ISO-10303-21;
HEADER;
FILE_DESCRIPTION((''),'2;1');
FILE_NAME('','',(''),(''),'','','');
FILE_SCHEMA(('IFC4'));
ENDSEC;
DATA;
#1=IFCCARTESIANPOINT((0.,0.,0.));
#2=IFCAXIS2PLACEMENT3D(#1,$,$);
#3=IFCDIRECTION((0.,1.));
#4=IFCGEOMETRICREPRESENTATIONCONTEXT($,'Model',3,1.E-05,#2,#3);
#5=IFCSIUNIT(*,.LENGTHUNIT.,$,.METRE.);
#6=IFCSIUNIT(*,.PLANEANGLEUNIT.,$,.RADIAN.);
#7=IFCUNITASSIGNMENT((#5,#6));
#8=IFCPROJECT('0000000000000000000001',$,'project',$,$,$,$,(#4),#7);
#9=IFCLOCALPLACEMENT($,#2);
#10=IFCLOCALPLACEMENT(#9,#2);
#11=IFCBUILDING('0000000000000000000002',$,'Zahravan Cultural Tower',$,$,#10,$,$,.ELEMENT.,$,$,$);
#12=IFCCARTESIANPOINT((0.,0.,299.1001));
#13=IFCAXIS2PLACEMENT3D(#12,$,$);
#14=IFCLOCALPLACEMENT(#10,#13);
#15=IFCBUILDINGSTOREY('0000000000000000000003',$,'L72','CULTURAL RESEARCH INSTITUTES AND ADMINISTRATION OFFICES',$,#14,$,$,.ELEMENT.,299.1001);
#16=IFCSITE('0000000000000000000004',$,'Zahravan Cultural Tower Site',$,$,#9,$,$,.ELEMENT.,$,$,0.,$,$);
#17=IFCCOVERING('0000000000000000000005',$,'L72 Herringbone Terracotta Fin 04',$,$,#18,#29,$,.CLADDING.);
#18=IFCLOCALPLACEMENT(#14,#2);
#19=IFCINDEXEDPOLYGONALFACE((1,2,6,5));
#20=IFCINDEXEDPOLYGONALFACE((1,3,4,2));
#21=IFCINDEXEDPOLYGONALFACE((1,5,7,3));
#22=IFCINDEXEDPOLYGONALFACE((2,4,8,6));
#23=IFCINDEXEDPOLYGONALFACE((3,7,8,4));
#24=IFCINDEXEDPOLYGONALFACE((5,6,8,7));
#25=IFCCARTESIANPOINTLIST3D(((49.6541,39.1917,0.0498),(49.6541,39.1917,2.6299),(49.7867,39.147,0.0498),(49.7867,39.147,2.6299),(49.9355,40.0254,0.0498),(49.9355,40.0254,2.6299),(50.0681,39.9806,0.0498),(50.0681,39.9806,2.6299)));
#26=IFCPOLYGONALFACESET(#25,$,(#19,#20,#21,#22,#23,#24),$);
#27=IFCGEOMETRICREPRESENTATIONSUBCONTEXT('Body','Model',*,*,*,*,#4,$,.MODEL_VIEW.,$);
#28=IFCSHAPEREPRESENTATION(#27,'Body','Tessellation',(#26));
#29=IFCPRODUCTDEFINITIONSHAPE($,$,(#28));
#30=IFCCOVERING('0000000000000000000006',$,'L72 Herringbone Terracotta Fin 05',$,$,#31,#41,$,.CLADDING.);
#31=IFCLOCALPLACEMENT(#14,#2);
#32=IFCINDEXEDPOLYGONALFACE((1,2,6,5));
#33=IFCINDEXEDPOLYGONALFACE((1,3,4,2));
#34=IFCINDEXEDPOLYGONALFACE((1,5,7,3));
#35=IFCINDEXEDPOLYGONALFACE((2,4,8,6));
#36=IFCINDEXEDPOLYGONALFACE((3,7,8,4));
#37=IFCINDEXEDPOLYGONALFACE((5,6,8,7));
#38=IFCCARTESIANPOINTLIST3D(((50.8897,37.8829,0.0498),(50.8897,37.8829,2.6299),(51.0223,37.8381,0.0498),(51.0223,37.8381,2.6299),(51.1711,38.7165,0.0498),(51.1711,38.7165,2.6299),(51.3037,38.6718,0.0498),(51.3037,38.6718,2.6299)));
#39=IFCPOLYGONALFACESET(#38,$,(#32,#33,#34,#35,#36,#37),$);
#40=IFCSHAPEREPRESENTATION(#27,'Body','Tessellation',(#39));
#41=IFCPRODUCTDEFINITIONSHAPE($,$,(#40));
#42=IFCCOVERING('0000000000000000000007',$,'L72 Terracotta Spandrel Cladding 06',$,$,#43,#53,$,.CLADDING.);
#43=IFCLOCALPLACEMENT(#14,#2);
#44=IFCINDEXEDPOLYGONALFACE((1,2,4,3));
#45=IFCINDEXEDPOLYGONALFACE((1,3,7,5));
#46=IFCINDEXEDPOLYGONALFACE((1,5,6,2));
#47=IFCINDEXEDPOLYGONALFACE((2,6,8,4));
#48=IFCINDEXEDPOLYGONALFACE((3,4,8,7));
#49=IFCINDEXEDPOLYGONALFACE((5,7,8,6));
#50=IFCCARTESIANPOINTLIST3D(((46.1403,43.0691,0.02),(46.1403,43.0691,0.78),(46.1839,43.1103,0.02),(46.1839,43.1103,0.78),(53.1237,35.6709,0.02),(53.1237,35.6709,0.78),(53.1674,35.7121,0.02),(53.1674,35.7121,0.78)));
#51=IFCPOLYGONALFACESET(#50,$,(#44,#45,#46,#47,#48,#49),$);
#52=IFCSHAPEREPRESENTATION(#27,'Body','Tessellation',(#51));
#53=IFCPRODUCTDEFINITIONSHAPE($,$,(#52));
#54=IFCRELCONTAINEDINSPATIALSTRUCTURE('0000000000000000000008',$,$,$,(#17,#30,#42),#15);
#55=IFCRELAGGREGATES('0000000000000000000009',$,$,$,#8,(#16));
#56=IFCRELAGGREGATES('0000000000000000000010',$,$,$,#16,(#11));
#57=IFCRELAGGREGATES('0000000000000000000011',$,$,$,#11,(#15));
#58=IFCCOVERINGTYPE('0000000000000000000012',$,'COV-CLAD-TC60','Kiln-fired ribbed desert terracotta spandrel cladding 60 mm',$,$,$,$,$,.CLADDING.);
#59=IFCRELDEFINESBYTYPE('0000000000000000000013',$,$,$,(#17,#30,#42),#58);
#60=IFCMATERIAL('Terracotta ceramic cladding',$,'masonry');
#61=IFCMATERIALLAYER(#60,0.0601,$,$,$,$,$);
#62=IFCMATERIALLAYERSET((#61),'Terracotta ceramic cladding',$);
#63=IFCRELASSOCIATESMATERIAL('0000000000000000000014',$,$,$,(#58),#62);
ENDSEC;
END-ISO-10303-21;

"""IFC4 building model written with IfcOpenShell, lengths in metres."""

from ifc_helpers import new_model, si_unit, direction, frame, origin, origin_2d, place, context, subcontext, project, spatial, rectangle, extrude, source, transform, mapped, material, layer, layer_set, type_object, element, save


model = new_model("IFC4")

# Units and contexts
model_context = context("Model", 3, precision=1e-05, world=origin(), true_north=direction((0.0, 1.0)))
body_context = subcontext(model_context, "Body", "Model", "MODEL_VIEW")
ifc_project = project(units=[si_unit("LENGTHUNIT", "METRE"), si_unit("PLANEANGLEUNIT", "RADIAN")], contexts=[model_context])

# Site, building, storey
site_placement = place(None, origin())
site = spatial("IfcSite", under=ifc_project, at=site_placement, Name="Zahravan Cultural Tower Site", CompositionType="ELEMENT", RefElevation=0.0)
building_placement = place(site_placement, origin())
building = spatial("IfcBuilding", under=site, at=building_placement, Name="Zahravan Cultural Tower", CompositionType="ELEMENT")
storey_placement = place(building_placement, frame((0.0, 0.0, 299.1001)))
storey = spatial("IfcBuildingStorey", under=building, at=storey_placement, Name="L72", Description="CULTURAL RESEARCH INSTITUTES AND ADMINISTRATION OFFICES", CompositionType="ELEMENT", Elevation=299.1001)

# Coverings
ifc_material_1 = material(Name="Terracotta ceramic cladding", Category="masonry")
ifc_layer_1 = layer(ifc_material_1, 0.0601)
ifc_layer_set_1 = layer_set([ifc_layer_1], Name="Terracotta ceramic cladding")
covering_type = type_object("IfcCoveringType", Name="COV-CLAD-TC60", Description="Kiln-fired ribbed desert terracotta spandrel cladding 60 mm", PredefinedType="CLADDING", material=ifc_layer_set_1)
shared_shape_1 = source(origin(), body_context, "Body", "SweptSolid", [
    extrude(rectangle(XDim=0.8799, YDim=0.1399, at=origin_2d()), origin(), (0.0, 0.0, 1.0), 2.5801),
])
for number, where, z_axis, x_axis, name in (
    (1, (49.8611, 39.5862, 0.0498), (0.0, 0.0, 1.0), (0.319819, 0.947479, 0.0), "L72 Herringbone Terracotta Fin 04"),
    (2, (51.0967, 38.2773, 0.0498), (0.0, 0.0, 1.0), (0.319819, 0.947479, 0.0), "L72 Herringbone Terracotta Fin 05"),
):
    element("IfcCovering", number, at=place(storey_placement, frame(where, z_axis=z_axis, x_axis=x_axis)), inside=storey, type_object=covering_type, Name=name, PredefinedType="CLADDING", context=body_context, shape_type="MappedRepresentation", body=[
        mapped(shared_shape_1, transform((0.0, 0.0, 0.0), x_axis=(1.0, 0.0, 0.0), y_axis=(0.0, 1.0, 0.0), z_axis=(0.0, 0.0, 1.0), scale=1.0)),
    ])
shared_shape_2 = source(origin(), body_context, "Body", "SweptSolid", [
    extrude(rectangle(XDim=10.1736, YDim=0.0601, at=origin_2d()), origin(), (0.0, 0.0, 1.0), 0.76),
])
covering_placement = place(storey_placement, frame((49.6538, 39.3906, 0.02), z_axis=(0.0, 0.0, 1.0), x_axis=(0.686428, -0.727198, 0.0)))
element("IfcCovering", 3, at=covering_placement, inside=storey, type_object=covering_type, Name="L72 Terracotta Spandrel Cladding 06", PredefinedType="CLADDING", context=body_context, shape_type="MappedRepresentation", body=[
    mapped(shared_shape_2, transform((0.0, 0.0, 0.0), x_axis=(1.0, 0.0, 0.0), y_axis=(0.0, 1.0, 0.0), z_axis=(0.0, 0.0, 1.0), scale=1.0)),
])

save(model, "model.ifc")
